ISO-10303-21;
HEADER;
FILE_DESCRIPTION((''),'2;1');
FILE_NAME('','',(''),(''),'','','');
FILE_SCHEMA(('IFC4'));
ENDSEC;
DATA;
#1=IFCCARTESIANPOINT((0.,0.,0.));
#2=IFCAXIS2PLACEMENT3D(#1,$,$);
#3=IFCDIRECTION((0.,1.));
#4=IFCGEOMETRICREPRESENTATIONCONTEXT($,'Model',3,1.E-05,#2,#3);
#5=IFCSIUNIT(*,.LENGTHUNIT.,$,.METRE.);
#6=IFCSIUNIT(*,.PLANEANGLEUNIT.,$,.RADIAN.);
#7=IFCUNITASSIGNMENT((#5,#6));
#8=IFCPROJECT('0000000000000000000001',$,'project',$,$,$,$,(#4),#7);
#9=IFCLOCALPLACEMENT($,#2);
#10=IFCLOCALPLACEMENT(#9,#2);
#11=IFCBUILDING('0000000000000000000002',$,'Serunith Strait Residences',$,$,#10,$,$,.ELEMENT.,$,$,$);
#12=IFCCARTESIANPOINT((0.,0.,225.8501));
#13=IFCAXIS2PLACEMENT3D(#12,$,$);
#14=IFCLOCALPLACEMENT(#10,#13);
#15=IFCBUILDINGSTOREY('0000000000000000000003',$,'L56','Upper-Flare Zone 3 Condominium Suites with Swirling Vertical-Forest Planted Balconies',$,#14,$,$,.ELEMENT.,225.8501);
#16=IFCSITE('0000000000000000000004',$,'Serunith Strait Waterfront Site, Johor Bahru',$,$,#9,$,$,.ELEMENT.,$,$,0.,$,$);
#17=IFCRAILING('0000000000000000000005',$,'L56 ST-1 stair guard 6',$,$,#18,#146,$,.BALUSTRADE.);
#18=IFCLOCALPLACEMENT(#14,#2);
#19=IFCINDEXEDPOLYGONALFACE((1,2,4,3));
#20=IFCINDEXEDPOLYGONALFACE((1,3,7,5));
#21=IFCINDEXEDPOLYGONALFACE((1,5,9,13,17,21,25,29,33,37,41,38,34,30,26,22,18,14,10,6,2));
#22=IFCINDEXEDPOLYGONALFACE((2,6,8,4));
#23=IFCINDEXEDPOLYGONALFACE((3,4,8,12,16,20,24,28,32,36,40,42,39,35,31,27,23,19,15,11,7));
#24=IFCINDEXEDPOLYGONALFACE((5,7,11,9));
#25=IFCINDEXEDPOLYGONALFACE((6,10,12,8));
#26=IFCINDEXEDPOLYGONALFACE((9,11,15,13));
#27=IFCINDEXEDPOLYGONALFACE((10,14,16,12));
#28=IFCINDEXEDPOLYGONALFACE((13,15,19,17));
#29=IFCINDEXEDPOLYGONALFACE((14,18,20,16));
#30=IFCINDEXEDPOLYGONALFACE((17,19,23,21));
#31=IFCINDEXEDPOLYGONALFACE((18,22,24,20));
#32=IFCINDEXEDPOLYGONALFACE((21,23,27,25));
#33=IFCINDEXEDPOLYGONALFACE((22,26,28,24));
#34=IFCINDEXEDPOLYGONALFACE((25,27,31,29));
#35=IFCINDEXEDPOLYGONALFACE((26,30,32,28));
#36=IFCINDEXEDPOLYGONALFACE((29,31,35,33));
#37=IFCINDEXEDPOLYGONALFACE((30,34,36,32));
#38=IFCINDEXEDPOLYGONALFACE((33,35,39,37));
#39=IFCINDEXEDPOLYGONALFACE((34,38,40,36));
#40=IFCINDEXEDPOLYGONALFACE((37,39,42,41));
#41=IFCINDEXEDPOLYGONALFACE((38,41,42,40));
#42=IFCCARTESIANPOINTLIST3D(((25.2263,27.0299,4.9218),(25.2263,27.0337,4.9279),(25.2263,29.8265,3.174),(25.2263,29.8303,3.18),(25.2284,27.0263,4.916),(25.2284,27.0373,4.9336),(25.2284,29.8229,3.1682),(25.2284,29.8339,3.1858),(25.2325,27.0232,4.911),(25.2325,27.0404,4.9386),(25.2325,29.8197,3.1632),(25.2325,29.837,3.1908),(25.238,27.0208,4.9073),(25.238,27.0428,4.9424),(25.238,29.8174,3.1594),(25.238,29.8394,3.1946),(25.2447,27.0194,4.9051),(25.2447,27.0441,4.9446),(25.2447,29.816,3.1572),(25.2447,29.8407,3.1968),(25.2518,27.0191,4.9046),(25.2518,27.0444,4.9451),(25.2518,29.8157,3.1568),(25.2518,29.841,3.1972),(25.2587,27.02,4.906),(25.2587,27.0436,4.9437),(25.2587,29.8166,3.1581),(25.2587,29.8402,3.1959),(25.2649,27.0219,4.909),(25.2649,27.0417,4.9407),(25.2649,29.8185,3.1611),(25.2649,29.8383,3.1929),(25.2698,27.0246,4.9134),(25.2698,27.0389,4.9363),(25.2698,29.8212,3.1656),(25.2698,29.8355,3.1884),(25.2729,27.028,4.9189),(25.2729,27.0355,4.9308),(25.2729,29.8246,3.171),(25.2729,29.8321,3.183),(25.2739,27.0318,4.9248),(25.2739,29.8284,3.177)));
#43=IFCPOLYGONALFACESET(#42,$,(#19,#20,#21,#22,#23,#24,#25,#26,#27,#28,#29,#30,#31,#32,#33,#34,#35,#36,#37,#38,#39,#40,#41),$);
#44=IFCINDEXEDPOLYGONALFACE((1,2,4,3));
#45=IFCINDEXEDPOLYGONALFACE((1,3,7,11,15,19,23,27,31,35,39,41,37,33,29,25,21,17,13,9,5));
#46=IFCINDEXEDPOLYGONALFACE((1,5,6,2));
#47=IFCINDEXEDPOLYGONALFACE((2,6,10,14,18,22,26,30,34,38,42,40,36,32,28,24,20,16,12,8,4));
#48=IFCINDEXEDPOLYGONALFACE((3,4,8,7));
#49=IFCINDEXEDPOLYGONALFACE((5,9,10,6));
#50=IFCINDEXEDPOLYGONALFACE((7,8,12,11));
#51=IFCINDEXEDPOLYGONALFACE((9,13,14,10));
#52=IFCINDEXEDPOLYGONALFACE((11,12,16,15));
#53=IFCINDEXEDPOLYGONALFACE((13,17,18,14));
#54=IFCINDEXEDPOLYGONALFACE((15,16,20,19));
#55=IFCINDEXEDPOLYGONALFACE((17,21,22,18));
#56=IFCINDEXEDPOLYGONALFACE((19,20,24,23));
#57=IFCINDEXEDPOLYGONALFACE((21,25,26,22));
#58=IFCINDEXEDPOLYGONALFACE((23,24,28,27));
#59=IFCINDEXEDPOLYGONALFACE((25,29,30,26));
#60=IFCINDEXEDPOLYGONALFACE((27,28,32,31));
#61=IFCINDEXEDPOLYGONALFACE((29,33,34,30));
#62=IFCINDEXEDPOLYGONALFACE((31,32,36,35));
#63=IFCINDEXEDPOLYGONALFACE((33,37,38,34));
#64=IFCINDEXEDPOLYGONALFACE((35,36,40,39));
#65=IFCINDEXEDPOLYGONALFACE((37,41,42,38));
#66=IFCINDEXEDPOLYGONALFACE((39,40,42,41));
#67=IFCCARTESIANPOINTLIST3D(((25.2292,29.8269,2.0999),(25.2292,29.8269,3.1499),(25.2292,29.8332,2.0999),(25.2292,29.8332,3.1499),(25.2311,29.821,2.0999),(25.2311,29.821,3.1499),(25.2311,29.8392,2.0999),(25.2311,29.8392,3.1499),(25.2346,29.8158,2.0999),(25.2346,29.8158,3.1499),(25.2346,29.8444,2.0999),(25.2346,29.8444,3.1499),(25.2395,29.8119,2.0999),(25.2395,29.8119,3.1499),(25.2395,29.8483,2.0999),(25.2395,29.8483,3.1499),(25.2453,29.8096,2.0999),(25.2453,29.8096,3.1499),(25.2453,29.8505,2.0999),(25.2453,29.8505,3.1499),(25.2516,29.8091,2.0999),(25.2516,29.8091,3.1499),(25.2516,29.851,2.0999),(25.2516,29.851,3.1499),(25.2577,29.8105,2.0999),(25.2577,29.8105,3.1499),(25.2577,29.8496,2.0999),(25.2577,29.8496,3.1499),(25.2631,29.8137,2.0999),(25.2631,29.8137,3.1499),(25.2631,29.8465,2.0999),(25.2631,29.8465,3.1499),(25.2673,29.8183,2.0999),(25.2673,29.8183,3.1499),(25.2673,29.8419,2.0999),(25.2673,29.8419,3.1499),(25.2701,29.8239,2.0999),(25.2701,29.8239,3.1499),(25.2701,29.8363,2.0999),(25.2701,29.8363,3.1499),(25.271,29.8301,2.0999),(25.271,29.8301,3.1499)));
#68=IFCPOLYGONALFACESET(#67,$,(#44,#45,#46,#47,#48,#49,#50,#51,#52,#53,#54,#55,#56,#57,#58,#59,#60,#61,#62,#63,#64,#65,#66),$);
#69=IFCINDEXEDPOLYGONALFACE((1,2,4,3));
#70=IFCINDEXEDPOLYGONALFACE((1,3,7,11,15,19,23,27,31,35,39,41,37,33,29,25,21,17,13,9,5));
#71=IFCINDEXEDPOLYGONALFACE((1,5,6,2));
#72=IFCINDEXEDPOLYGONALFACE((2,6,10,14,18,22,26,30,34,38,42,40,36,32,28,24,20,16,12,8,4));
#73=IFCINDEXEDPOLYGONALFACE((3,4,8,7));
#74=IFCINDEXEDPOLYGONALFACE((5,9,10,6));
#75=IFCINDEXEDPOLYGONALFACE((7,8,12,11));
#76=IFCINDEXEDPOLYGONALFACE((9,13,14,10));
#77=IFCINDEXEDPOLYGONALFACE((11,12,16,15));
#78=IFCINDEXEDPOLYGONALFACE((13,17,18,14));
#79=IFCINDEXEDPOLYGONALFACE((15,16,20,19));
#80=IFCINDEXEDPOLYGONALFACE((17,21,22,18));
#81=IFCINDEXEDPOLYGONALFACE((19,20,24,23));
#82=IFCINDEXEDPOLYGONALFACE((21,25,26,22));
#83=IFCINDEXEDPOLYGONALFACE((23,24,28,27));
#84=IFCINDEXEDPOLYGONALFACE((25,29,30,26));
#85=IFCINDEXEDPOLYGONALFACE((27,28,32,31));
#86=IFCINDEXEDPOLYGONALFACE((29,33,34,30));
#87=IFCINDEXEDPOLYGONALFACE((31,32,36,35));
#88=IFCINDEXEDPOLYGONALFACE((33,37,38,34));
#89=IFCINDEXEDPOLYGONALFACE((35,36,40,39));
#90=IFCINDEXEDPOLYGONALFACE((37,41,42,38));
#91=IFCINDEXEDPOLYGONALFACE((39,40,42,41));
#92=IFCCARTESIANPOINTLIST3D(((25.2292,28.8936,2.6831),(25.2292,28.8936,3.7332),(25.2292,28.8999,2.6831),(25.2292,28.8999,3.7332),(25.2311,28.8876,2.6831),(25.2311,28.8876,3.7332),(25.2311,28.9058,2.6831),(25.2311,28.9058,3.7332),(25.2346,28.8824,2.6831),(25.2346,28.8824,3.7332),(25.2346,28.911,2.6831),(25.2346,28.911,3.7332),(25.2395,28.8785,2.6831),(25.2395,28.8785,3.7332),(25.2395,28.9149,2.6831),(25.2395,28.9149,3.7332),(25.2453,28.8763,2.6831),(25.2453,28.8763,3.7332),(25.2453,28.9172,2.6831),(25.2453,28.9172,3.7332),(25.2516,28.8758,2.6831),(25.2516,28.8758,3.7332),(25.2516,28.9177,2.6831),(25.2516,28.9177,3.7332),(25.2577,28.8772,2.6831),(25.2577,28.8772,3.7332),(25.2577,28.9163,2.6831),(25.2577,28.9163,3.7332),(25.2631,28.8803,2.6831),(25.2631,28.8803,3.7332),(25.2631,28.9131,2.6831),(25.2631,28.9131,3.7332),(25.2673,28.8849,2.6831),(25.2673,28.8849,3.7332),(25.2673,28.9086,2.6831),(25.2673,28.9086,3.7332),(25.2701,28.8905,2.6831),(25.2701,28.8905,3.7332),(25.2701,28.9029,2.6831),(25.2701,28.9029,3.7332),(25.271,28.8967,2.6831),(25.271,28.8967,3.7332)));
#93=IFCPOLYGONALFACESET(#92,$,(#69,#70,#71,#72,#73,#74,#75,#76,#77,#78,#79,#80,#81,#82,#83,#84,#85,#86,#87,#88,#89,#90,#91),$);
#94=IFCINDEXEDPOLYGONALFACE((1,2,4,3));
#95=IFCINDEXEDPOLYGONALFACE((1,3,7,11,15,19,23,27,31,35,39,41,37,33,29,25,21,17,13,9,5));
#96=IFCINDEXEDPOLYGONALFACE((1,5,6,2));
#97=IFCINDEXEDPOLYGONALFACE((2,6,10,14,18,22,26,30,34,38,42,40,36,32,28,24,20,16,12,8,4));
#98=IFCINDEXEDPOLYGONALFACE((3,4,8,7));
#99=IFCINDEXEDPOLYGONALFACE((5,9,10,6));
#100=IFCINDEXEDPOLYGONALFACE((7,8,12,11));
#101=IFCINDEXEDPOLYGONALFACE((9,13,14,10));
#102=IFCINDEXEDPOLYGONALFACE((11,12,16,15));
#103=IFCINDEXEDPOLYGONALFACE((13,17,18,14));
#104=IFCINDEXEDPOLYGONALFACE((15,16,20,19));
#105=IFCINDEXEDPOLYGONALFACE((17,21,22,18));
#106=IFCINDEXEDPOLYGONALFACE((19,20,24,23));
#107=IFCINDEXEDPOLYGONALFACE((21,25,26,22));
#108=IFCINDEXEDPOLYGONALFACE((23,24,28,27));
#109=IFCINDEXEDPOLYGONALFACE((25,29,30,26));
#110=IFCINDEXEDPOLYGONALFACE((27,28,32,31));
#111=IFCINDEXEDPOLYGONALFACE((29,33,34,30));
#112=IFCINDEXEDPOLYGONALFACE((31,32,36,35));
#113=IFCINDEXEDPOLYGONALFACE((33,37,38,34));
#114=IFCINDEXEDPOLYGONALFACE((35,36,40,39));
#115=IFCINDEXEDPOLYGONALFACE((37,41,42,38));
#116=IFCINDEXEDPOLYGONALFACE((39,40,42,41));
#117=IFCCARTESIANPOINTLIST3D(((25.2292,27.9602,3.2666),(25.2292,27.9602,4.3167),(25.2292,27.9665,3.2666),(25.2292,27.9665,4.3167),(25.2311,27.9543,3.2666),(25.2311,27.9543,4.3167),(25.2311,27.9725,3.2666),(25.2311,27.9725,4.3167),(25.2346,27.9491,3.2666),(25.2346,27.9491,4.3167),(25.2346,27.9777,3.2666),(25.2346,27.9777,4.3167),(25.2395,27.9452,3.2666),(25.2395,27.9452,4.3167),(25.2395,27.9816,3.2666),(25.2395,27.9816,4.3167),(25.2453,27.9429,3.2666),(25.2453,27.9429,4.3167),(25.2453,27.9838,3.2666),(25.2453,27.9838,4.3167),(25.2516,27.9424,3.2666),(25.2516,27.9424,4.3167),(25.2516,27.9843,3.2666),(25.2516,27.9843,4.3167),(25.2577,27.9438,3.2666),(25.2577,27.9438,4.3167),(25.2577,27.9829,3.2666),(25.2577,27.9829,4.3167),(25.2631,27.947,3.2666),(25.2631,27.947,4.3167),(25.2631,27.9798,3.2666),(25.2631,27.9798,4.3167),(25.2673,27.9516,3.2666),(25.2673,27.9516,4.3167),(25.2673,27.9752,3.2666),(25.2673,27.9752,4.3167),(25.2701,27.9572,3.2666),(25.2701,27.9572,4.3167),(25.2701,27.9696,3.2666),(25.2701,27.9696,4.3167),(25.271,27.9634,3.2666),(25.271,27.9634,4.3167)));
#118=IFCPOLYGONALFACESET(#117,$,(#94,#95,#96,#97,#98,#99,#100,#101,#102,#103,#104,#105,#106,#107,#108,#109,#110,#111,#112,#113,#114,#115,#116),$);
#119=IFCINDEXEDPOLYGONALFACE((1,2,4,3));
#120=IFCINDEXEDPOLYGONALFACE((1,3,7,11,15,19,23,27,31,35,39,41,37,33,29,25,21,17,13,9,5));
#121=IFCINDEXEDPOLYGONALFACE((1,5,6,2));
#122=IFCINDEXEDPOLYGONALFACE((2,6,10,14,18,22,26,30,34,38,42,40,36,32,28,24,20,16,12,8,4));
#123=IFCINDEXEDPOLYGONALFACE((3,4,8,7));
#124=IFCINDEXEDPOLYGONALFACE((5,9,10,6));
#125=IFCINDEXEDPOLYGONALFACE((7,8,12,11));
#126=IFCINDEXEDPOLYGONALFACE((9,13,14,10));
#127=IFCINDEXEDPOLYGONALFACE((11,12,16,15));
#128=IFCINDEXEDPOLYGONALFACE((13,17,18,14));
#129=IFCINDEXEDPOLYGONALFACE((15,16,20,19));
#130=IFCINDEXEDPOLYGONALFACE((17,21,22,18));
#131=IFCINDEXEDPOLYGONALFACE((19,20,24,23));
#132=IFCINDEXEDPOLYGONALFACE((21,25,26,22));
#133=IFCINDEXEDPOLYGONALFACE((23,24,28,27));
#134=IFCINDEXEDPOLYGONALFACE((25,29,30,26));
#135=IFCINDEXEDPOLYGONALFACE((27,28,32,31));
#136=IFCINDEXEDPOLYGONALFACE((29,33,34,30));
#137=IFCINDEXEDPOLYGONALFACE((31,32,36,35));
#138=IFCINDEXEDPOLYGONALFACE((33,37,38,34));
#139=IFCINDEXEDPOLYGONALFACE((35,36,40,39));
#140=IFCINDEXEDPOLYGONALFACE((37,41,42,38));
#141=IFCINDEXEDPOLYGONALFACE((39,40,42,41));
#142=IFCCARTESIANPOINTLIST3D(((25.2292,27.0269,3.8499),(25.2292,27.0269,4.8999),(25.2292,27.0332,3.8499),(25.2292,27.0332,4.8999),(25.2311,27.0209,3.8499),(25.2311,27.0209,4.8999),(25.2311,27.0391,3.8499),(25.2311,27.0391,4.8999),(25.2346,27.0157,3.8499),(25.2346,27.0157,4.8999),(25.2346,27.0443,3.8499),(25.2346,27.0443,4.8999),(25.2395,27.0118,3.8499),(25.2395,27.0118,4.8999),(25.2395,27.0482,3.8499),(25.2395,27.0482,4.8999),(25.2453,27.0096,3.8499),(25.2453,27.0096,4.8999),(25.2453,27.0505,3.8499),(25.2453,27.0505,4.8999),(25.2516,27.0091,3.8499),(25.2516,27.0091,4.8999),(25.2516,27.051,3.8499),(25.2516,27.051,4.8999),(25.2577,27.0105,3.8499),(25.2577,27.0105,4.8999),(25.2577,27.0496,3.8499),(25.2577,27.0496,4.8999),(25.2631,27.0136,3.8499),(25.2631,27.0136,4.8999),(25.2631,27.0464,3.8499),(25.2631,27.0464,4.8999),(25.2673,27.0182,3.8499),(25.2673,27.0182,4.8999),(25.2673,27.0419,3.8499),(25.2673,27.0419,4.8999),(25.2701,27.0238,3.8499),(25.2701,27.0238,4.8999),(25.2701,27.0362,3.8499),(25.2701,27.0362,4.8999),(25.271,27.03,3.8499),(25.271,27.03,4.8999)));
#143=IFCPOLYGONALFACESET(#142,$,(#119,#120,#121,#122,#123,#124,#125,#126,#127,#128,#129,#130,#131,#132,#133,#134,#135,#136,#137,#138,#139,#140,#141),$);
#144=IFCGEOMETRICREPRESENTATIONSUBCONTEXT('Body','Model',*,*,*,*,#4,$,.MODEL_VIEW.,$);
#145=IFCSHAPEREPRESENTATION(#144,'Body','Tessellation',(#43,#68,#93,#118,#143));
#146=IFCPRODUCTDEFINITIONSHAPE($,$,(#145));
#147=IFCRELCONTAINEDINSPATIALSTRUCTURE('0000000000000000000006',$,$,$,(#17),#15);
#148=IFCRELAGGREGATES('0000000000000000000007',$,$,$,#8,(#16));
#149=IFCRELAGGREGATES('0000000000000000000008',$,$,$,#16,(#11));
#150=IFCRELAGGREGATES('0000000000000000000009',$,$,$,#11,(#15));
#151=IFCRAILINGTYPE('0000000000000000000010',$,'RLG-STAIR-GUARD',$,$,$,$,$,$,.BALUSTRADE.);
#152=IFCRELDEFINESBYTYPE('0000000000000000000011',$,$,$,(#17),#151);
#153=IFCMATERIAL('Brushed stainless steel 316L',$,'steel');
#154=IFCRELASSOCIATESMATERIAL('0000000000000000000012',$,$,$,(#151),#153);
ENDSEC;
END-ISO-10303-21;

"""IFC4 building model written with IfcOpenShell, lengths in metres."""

from ifc_helpers import new_model, si_unit, direction, frame, origin, origin_2d, place, context, subcontext, project, spatial, circle, extrude, material, type_object, element, save


model = new_model("IFC4")

# Units and contexts
model_context = context("Model", 3, precision=1e-05, world=origin(), true_north=direction((0.0, 1.0)))
body_context = subcontext(model_context, "Body", "Model", "MODEL_VIEW")
ifc_project = project(units=[si_unit("LENGTHUNIT", "METRE"), si_unit("PLANEANGLEUNIT", "RADIAN")], contexts=[model_context])

# Site, building, storey
site_placement = place(None, origin())
site = spatial("IfcSite", under=ifc_project, at=site_placement, Name="Serunith Strait Waterfront Site, Johor Bahru", CompositionType="ELEMENT", RefElevation=0.0)
building_placement = place(site_placement, origin())
building = spatial("IfcBuilding", under=site, at=building_placement, Name="Serunith Strait Residences", CompositionType="ELEMENT")
storey_placement = place(building_placement, frame((0.0, 0.0, 225.8501)))
storey = spatial("IfcBuildingStorey", under=building, at=storey_placement, Name="L56", Description="Upper-Flare Zone 3 Condominium Suites with Swirling Vertical-Forest Planted Balconies", CompositionType="ELEMENT", Elevation=225.8501)

# Railing
ifc_material_1 = material(Name="Brushed stainless steel 316L", Category="steel")
railing_type_1 = type_object("IfcRailingType", Name="RLG-STAIR-GUARD", PredefinedType="BALUSTRADE", material=ifc_material_1)
railing_1_placement = place(storey_placement, frame((25.25, 29.8301, 2.0999)))
element("IfcRailing", 1, at=railing_1_placement, inside=storey, type_object=railing_type_1, Name="L56 ST-1 stair guard 6", PredefinedType="BALUSTRADE", context=body_context, shape_type="SweptSolid", body=[
    extrude(circle(Radius=0.0239, at=origin_2d()), frame((0.0, -0.0017, 1.0771), z_axis=(0.0, -0.848002, 0.529992), x_axis=(1.0, 0.0, 0.0)), (0.0, 0.0, 1.0), 3.2979),
    extrude(circle(Radius=0.021, at=origin_2d()), origin(), (0.0, 0.0, 1.0), 1.05),
    extrude(circle(Radius=0.021, at=origin_2d()), frame((0.0, -0.9333, 0.5833)), (0.0, 0.0, 1.0), 1.05),
    extrude(circle(Radius=0.021, at=origin_2d()), frame((0.0, -1.8667, 1.1667)), (0.0, 0.0, 1.0), 1.05),
    extrude(circle(Radius=0.021, at=origin_2d()), frame((0.0, -2.8, 1.75)), (0.0, 0.0, 1.0), 1.05),
])

save(model, "model.ifc")
